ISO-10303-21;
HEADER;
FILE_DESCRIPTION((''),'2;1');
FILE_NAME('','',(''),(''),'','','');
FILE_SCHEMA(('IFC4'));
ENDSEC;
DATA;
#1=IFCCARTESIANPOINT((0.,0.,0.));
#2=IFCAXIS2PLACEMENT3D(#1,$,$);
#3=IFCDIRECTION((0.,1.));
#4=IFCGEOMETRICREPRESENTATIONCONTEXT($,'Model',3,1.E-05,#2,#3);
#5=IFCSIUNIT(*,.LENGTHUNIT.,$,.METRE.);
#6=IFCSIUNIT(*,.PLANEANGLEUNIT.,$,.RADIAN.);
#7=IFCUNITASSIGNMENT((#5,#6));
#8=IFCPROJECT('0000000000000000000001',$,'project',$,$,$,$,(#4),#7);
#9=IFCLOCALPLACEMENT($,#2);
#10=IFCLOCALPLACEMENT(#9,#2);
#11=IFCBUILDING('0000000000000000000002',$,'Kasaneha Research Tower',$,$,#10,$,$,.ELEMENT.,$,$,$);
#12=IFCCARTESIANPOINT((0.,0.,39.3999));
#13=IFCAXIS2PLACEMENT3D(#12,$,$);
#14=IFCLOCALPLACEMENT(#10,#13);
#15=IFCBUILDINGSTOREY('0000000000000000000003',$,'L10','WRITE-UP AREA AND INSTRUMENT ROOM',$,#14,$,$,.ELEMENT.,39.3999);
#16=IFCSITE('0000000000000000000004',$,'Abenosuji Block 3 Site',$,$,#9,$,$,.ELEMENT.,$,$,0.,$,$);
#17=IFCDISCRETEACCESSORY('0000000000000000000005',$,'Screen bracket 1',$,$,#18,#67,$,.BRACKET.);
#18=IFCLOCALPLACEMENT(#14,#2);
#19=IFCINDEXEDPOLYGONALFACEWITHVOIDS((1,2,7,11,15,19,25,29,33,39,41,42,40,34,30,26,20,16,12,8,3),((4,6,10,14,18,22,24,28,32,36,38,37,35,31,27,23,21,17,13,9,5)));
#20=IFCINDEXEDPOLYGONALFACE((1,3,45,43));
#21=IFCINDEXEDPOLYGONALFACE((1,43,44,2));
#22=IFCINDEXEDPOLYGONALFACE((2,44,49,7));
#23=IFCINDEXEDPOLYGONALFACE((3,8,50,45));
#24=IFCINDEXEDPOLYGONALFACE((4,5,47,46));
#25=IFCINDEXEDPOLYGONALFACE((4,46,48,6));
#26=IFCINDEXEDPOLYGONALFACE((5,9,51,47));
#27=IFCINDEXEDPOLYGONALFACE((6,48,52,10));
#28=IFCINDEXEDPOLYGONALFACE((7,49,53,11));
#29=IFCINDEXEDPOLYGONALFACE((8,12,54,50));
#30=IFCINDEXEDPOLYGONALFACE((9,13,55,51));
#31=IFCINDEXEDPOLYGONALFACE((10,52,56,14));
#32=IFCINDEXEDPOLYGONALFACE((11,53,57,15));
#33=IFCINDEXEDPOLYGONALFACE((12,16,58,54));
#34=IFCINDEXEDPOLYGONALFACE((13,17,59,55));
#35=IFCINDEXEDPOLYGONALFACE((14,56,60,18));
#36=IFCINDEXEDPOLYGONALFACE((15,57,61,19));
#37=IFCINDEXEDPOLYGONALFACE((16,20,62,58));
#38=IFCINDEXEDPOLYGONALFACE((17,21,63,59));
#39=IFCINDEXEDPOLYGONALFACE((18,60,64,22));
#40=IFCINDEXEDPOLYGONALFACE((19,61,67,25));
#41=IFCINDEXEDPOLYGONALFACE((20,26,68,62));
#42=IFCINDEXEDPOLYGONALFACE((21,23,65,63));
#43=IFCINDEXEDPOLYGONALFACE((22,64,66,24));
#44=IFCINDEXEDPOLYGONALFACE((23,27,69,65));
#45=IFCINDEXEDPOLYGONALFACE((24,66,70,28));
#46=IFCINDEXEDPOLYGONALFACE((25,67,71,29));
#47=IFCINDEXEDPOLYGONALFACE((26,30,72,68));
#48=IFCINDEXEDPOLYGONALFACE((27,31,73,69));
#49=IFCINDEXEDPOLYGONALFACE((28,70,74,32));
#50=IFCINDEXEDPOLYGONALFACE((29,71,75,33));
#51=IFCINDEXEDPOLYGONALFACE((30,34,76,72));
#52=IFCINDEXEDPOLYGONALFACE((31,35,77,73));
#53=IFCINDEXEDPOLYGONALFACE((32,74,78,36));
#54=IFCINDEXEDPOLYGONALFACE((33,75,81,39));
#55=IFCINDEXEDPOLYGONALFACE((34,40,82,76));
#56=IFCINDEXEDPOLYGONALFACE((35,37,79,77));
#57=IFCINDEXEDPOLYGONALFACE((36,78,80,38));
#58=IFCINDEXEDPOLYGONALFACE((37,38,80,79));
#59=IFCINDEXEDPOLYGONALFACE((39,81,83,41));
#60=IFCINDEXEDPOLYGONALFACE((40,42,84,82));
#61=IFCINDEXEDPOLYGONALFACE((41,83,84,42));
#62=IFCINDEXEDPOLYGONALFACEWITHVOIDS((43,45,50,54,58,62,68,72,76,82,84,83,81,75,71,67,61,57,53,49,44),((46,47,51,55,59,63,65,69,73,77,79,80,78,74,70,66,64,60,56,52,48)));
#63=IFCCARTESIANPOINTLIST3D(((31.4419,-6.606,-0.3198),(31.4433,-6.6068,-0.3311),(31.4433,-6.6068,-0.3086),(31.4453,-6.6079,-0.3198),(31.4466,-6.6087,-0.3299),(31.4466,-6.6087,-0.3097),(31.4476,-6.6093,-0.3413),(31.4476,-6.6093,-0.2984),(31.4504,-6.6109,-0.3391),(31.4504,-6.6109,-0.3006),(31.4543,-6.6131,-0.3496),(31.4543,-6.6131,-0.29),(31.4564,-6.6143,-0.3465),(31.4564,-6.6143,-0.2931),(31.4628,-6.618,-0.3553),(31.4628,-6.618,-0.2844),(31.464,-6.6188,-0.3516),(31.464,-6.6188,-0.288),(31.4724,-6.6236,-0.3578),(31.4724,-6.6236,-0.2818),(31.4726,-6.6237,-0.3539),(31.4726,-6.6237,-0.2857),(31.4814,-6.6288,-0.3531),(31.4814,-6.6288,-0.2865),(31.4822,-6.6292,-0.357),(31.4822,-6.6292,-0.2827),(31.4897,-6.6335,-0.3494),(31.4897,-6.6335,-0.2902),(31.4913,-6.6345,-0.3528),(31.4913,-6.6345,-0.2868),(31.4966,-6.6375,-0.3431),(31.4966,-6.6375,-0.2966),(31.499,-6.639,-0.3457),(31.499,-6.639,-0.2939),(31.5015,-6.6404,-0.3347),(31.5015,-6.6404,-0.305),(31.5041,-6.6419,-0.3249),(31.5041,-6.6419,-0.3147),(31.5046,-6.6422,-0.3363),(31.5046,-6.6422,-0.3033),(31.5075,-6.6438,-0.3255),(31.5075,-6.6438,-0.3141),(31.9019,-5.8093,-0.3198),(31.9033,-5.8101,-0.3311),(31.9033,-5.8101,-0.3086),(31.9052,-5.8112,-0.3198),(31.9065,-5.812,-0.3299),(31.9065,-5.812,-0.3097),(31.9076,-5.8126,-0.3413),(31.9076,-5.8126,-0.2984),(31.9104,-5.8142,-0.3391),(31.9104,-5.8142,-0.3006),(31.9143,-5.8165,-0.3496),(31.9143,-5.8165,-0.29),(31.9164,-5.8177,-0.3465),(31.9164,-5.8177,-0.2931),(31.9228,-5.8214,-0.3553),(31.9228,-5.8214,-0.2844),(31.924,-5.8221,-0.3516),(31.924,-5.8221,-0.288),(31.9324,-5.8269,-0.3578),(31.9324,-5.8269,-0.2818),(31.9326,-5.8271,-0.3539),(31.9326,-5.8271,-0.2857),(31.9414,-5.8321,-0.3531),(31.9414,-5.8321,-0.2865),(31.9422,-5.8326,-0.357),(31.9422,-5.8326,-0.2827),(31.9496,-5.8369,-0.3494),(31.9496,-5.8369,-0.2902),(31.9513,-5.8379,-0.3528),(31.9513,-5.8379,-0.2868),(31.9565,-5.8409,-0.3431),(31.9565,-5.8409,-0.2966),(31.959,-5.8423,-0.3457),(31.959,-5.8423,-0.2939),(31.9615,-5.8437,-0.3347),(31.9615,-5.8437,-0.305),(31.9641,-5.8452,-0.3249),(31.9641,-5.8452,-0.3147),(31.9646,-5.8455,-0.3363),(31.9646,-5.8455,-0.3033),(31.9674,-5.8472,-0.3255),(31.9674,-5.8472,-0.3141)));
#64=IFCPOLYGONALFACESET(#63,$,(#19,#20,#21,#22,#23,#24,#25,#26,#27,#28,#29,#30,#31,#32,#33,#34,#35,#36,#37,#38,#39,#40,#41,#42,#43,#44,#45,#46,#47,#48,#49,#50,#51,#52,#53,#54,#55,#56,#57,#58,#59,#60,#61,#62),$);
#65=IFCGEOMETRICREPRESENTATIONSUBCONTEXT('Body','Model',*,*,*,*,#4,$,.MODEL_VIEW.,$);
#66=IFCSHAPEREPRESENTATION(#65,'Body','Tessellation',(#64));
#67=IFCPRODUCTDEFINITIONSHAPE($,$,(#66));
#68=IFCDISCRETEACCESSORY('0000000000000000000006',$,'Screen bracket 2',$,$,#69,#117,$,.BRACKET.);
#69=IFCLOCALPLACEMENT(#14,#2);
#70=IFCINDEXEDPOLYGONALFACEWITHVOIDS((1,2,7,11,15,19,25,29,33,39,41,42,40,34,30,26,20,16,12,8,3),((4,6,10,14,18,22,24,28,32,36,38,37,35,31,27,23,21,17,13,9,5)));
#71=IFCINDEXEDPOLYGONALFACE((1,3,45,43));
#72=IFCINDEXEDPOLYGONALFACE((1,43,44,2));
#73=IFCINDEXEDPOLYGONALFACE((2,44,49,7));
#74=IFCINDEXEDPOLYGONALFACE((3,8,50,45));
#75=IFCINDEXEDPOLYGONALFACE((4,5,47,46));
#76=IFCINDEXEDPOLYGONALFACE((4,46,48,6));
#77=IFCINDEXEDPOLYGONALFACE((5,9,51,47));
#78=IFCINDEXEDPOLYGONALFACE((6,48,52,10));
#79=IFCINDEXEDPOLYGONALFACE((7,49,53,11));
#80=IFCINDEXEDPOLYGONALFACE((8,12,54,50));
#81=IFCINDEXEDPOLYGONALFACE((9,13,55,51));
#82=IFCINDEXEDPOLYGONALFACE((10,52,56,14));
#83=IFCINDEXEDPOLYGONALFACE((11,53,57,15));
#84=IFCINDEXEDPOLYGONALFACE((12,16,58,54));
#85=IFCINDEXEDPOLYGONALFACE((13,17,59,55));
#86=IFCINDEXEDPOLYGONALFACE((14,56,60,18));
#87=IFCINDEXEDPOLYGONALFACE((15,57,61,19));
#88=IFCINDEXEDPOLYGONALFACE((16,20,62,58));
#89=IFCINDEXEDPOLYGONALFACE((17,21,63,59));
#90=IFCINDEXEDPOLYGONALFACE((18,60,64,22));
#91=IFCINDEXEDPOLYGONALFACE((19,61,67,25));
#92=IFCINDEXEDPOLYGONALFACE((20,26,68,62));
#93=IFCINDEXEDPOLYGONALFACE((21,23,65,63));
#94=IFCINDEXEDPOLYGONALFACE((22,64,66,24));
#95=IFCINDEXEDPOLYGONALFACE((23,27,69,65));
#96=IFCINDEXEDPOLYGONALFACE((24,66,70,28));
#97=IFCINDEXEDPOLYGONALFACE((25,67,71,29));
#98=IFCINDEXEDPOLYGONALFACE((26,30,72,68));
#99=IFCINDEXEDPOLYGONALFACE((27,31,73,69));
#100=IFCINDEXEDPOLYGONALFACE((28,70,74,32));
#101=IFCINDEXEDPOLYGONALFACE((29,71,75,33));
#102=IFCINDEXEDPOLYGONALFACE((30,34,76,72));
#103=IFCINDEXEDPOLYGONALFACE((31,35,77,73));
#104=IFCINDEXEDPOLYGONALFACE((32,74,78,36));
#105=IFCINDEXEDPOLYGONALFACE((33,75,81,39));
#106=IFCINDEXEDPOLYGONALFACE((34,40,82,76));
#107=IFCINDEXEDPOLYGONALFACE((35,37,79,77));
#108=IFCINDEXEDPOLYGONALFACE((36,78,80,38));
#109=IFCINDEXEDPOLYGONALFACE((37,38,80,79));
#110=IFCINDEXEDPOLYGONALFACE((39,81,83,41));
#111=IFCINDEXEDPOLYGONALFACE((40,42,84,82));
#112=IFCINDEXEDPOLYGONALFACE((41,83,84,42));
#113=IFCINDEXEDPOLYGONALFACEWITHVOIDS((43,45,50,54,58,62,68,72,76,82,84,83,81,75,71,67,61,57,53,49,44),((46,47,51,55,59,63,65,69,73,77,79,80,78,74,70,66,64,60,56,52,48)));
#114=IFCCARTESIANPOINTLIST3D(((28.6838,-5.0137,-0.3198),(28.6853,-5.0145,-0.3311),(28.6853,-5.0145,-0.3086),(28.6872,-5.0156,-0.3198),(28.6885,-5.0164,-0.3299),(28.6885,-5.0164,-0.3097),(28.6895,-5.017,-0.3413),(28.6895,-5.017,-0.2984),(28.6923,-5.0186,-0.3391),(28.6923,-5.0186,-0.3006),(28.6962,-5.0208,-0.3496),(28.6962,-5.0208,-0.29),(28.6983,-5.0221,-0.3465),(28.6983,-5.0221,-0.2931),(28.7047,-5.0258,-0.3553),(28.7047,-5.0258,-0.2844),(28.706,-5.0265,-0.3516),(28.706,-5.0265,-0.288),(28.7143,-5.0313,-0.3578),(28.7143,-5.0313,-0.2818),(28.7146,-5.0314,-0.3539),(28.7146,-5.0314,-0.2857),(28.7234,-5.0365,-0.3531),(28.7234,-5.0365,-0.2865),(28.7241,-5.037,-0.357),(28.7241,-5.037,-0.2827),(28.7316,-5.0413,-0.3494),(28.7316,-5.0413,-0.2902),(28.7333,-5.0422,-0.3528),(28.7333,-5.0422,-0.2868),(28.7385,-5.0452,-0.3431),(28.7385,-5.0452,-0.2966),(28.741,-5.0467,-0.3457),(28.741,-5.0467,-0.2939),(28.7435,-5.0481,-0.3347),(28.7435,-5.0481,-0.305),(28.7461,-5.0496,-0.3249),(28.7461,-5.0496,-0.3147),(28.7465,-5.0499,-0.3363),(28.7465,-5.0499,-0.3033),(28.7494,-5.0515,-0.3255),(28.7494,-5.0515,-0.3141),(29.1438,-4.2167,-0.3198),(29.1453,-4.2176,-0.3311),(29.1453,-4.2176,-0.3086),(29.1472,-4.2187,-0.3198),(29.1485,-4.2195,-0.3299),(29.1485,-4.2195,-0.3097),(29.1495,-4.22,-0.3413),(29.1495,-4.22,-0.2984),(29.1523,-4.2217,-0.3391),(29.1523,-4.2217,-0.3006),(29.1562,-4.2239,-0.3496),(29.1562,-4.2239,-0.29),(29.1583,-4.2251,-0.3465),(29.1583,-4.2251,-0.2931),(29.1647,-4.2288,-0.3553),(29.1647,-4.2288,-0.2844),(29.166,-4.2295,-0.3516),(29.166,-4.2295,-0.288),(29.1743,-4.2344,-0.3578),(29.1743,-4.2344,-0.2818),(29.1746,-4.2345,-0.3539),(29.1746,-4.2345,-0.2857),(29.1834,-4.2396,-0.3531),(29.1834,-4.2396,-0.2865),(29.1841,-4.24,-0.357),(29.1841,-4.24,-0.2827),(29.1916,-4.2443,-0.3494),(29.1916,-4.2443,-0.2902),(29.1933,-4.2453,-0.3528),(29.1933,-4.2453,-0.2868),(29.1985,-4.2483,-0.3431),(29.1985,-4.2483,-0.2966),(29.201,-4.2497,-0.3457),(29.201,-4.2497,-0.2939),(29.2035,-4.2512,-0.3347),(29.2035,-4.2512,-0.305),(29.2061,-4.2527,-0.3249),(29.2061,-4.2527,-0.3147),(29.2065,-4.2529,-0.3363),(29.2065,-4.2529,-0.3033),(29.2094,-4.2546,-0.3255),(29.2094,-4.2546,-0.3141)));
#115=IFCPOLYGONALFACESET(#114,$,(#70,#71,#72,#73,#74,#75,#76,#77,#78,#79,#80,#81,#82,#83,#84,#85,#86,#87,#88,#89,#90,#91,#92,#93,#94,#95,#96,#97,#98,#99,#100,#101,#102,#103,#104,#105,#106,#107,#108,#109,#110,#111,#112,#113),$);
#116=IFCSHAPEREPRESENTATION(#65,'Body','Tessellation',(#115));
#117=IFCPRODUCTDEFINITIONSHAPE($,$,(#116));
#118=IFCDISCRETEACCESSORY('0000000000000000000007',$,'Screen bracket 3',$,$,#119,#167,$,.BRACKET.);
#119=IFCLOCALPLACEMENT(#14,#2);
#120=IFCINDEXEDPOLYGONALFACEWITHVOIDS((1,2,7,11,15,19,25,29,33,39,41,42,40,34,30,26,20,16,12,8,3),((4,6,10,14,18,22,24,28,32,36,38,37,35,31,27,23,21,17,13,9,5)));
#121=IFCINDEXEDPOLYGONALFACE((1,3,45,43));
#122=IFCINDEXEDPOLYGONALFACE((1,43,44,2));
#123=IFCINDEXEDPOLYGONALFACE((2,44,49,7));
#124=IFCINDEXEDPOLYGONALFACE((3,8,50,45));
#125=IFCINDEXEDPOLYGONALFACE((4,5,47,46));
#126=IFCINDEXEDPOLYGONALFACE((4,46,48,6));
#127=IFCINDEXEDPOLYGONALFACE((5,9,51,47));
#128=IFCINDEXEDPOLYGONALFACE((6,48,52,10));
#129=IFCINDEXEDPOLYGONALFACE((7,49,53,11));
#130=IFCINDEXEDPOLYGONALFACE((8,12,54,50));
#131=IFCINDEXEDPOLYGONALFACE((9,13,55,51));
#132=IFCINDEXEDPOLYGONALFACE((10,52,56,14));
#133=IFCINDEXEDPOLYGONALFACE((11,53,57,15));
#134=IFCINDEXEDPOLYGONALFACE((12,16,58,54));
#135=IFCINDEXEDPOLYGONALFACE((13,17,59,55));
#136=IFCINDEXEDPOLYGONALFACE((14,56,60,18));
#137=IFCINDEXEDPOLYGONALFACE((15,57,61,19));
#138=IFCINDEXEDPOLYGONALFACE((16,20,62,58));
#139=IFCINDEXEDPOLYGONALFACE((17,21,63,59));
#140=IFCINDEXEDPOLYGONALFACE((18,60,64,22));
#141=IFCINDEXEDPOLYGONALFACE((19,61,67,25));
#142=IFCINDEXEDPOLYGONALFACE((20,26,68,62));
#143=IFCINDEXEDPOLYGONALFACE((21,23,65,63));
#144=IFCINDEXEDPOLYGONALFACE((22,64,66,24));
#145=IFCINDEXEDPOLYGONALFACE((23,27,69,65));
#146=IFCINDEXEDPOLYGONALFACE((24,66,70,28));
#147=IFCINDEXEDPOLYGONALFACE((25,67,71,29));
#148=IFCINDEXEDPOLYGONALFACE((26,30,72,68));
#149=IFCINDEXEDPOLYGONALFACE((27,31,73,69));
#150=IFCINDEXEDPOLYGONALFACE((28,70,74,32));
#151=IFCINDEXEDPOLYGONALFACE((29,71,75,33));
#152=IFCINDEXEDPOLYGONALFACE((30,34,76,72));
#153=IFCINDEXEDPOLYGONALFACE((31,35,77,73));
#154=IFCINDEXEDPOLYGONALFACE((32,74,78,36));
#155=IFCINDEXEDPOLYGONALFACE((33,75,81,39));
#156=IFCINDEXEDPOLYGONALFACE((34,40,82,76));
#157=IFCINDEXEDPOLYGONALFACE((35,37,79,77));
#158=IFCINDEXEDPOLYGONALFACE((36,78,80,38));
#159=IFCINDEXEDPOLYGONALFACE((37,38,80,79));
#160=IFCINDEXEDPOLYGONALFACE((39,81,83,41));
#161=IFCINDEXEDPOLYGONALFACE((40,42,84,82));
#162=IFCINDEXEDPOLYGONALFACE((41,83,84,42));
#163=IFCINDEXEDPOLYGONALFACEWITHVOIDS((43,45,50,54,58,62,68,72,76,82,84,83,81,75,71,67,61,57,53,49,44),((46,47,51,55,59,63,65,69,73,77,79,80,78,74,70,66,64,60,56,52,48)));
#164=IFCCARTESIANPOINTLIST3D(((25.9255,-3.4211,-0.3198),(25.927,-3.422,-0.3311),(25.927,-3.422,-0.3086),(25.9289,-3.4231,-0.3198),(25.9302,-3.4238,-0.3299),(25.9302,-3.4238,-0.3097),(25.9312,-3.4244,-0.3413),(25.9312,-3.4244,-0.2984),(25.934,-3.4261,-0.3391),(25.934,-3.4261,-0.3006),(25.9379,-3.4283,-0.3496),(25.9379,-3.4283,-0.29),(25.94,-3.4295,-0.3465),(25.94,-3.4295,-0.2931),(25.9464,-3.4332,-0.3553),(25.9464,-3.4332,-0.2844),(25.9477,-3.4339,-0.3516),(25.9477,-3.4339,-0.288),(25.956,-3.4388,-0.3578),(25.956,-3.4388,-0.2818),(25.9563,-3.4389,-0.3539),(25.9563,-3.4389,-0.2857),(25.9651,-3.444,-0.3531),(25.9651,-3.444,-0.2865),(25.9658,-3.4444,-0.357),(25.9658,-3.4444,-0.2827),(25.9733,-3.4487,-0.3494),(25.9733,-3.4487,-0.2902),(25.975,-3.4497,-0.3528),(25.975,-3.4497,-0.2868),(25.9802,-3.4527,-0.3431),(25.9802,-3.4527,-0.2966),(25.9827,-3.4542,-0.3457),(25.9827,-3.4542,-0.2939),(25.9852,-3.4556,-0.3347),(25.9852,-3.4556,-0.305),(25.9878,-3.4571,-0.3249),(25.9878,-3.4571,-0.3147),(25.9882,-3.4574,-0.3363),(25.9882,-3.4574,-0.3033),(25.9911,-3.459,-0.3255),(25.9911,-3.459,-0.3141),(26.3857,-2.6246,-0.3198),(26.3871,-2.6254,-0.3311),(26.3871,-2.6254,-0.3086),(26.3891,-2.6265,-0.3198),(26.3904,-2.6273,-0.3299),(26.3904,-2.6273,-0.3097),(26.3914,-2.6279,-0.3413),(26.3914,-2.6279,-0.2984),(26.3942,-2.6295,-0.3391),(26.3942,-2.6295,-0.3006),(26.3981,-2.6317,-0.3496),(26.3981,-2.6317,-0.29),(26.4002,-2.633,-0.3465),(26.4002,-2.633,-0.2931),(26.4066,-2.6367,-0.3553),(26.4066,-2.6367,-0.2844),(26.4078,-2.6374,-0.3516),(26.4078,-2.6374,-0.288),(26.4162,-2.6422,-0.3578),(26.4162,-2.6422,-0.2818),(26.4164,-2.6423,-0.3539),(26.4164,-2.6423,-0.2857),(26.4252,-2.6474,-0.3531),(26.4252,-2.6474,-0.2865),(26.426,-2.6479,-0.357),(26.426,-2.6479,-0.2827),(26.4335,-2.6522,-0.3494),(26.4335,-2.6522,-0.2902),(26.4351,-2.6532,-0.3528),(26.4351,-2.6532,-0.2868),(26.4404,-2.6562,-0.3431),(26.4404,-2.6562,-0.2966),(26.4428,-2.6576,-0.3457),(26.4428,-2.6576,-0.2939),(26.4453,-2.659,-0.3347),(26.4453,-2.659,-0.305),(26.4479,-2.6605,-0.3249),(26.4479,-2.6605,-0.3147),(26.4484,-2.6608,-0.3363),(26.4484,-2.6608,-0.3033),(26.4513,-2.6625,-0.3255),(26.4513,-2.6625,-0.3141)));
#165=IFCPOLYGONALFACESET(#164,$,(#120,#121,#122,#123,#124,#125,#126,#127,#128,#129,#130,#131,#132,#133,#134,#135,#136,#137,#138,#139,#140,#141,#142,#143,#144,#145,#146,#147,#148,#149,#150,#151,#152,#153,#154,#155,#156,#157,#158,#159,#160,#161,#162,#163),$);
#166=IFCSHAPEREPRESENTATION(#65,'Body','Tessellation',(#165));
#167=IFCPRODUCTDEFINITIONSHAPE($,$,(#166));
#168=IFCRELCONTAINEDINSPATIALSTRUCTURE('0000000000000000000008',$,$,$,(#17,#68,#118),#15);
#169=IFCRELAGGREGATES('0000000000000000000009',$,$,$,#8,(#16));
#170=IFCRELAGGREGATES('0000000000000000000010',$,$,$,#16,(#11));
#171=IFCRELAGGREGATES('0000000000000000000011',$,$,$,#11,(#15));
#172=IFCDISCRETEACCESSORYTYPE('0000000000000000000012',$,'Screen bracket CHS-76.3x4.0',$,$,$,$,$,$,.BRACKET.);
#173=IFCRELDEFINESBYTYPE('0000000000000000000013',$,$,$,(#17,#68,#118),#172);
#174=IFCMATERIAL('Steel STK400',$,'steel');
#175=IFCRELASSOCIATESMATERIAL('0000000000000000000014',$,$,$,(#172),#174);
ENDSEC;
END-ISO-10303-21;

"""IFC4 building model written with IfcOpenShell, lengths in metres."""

from ifc_helpers import new_model, si_unit, direction, frame, origin, origin_2d, place, context, subcontext, project, spatial, hollow_circle, extrude, material, material_profile, profile_set, type_object, element, save


model = new_model("IFC4")

# Units and contexts
model_context = context("Model", 3, precision=1e-05, world=origin(), true_north=direction((0.0, 1.0)))
body_context = subcontext(model_context, "Body", "Model", "MODEL_VIEW")
ifc_project = project(units=[si_unit("LENGTHUNIT", "METRE"), si_unit("PLANEANGLEUNIT", "RADIAN")], contexts=[model_context])

# Site, building, storey
site_placement = place(None, origin())
site = spatial("IfcSite", under=ifc_project, at=site_placement, Name="Abenosuji Block 3 Site", CompositionType="ELEMENT", RefElevation=0.0)
building_placement = place(site_placement, origin())
building = spatial("IfcBuilding", under=site, at=building_placement, Name="Kasaneha Research Tower", CompositionType="ELEMENT")
storey_placement = place(building_placement, frame((0.0, 0.0, 39.3999)))
storey = spatial("IfcBuildingStorey", under=building, at=storey_placement, Name="L10", Description="WRITE-UP AREA AND INSTRUMENT ROOM", CompositionType="ELEMENT", Elevation=39.3999)

# Discrete accessories
ifc_material_1 = material(Name="Steel STK400", Category="steel")
ifc_material_profile_1 = material_profile(ifc_material_1, hollow_circle(Radius=0.0381, WallThickness=0.0039, at=origin_2d()), Name="CHS-76.3x4.0")
ifc_profile_set_1 = profile_set([ifc_material_profile_1], Name="Steel STK400")
discrete_accessory_type = type_object("IfcDiscreteAccessoryType", Name="Screen bracket CHS-76.3x4.0", PredefinedType="BRACKET", material=ifc_profile_set_1)
discrete_accessory_1_placement = place(storey_placement, frame((31.4749, -6.625, -0.3198), z_axis=(0.500021, 0.866013, 0.0), x_axis=(-0.866013, 0.500021, 0.0)))
element("IfcDiscreteAccessory", 1, at=discrete_accessory_1_placement, inside=storey, type_object=discrete_accessory_type, Name="Screen bracket 1", PredefinedType="BRACKET", context=body_context, shape_type="SweptSolid", body=[
    extrude(hollow_circle(Radius=0.0381, WallThickness=0.0039, at=origin_2d()), origin(), (0.0, 0.0, 1.0), 0.9199),
])
discrete_accessory_2_placement = place(storey_placement, frame((28.7168, -5.0327, -0.3198), z_axis=(0.499906, 0.86608, 0.0), x_axis=(-0.86608, 0.499906, 0.0)))
element("IfcDiscreteAccessory", 2, at=discrete_accessory_2_placement, inside=storey, type_object=discrete_accessory_type, Name="Screen bracket 2", PredefinedType="BRACKET", context=body_context, shape_type="SweptSolid", body=[
    extrude(hollow_circle(Radius=0.0381, WallThickness=0.0039, at=origin_2d()), origin(), (0.0, 0.0, 1.0), 0.9202),
])
discrete_accessory_3_placement = place(storey_placement, frame((25.9585, -3.4402, -0.3198), z_axis=(0.50022, 0.865898, 0.0), x_axis=(-0.865898, 0.50022, 0.0)))
element("IfcDiscreteAccessory", 3, at=discrete_accessory_3_placement, inside=storey, type_object=discrete_accessory_type, Name="Screen bracket 3", PredefinedType="BRACKET", context=body_context, shape_type="SweptSolid", body=[
    extrude(hollow_circle(Radius=0.0381, WallThickness=0.0039, at=origin_2d()), origin(), (0.0, 0.0, 1.0), 0.9199),
])

save(model, "model.ifc")
